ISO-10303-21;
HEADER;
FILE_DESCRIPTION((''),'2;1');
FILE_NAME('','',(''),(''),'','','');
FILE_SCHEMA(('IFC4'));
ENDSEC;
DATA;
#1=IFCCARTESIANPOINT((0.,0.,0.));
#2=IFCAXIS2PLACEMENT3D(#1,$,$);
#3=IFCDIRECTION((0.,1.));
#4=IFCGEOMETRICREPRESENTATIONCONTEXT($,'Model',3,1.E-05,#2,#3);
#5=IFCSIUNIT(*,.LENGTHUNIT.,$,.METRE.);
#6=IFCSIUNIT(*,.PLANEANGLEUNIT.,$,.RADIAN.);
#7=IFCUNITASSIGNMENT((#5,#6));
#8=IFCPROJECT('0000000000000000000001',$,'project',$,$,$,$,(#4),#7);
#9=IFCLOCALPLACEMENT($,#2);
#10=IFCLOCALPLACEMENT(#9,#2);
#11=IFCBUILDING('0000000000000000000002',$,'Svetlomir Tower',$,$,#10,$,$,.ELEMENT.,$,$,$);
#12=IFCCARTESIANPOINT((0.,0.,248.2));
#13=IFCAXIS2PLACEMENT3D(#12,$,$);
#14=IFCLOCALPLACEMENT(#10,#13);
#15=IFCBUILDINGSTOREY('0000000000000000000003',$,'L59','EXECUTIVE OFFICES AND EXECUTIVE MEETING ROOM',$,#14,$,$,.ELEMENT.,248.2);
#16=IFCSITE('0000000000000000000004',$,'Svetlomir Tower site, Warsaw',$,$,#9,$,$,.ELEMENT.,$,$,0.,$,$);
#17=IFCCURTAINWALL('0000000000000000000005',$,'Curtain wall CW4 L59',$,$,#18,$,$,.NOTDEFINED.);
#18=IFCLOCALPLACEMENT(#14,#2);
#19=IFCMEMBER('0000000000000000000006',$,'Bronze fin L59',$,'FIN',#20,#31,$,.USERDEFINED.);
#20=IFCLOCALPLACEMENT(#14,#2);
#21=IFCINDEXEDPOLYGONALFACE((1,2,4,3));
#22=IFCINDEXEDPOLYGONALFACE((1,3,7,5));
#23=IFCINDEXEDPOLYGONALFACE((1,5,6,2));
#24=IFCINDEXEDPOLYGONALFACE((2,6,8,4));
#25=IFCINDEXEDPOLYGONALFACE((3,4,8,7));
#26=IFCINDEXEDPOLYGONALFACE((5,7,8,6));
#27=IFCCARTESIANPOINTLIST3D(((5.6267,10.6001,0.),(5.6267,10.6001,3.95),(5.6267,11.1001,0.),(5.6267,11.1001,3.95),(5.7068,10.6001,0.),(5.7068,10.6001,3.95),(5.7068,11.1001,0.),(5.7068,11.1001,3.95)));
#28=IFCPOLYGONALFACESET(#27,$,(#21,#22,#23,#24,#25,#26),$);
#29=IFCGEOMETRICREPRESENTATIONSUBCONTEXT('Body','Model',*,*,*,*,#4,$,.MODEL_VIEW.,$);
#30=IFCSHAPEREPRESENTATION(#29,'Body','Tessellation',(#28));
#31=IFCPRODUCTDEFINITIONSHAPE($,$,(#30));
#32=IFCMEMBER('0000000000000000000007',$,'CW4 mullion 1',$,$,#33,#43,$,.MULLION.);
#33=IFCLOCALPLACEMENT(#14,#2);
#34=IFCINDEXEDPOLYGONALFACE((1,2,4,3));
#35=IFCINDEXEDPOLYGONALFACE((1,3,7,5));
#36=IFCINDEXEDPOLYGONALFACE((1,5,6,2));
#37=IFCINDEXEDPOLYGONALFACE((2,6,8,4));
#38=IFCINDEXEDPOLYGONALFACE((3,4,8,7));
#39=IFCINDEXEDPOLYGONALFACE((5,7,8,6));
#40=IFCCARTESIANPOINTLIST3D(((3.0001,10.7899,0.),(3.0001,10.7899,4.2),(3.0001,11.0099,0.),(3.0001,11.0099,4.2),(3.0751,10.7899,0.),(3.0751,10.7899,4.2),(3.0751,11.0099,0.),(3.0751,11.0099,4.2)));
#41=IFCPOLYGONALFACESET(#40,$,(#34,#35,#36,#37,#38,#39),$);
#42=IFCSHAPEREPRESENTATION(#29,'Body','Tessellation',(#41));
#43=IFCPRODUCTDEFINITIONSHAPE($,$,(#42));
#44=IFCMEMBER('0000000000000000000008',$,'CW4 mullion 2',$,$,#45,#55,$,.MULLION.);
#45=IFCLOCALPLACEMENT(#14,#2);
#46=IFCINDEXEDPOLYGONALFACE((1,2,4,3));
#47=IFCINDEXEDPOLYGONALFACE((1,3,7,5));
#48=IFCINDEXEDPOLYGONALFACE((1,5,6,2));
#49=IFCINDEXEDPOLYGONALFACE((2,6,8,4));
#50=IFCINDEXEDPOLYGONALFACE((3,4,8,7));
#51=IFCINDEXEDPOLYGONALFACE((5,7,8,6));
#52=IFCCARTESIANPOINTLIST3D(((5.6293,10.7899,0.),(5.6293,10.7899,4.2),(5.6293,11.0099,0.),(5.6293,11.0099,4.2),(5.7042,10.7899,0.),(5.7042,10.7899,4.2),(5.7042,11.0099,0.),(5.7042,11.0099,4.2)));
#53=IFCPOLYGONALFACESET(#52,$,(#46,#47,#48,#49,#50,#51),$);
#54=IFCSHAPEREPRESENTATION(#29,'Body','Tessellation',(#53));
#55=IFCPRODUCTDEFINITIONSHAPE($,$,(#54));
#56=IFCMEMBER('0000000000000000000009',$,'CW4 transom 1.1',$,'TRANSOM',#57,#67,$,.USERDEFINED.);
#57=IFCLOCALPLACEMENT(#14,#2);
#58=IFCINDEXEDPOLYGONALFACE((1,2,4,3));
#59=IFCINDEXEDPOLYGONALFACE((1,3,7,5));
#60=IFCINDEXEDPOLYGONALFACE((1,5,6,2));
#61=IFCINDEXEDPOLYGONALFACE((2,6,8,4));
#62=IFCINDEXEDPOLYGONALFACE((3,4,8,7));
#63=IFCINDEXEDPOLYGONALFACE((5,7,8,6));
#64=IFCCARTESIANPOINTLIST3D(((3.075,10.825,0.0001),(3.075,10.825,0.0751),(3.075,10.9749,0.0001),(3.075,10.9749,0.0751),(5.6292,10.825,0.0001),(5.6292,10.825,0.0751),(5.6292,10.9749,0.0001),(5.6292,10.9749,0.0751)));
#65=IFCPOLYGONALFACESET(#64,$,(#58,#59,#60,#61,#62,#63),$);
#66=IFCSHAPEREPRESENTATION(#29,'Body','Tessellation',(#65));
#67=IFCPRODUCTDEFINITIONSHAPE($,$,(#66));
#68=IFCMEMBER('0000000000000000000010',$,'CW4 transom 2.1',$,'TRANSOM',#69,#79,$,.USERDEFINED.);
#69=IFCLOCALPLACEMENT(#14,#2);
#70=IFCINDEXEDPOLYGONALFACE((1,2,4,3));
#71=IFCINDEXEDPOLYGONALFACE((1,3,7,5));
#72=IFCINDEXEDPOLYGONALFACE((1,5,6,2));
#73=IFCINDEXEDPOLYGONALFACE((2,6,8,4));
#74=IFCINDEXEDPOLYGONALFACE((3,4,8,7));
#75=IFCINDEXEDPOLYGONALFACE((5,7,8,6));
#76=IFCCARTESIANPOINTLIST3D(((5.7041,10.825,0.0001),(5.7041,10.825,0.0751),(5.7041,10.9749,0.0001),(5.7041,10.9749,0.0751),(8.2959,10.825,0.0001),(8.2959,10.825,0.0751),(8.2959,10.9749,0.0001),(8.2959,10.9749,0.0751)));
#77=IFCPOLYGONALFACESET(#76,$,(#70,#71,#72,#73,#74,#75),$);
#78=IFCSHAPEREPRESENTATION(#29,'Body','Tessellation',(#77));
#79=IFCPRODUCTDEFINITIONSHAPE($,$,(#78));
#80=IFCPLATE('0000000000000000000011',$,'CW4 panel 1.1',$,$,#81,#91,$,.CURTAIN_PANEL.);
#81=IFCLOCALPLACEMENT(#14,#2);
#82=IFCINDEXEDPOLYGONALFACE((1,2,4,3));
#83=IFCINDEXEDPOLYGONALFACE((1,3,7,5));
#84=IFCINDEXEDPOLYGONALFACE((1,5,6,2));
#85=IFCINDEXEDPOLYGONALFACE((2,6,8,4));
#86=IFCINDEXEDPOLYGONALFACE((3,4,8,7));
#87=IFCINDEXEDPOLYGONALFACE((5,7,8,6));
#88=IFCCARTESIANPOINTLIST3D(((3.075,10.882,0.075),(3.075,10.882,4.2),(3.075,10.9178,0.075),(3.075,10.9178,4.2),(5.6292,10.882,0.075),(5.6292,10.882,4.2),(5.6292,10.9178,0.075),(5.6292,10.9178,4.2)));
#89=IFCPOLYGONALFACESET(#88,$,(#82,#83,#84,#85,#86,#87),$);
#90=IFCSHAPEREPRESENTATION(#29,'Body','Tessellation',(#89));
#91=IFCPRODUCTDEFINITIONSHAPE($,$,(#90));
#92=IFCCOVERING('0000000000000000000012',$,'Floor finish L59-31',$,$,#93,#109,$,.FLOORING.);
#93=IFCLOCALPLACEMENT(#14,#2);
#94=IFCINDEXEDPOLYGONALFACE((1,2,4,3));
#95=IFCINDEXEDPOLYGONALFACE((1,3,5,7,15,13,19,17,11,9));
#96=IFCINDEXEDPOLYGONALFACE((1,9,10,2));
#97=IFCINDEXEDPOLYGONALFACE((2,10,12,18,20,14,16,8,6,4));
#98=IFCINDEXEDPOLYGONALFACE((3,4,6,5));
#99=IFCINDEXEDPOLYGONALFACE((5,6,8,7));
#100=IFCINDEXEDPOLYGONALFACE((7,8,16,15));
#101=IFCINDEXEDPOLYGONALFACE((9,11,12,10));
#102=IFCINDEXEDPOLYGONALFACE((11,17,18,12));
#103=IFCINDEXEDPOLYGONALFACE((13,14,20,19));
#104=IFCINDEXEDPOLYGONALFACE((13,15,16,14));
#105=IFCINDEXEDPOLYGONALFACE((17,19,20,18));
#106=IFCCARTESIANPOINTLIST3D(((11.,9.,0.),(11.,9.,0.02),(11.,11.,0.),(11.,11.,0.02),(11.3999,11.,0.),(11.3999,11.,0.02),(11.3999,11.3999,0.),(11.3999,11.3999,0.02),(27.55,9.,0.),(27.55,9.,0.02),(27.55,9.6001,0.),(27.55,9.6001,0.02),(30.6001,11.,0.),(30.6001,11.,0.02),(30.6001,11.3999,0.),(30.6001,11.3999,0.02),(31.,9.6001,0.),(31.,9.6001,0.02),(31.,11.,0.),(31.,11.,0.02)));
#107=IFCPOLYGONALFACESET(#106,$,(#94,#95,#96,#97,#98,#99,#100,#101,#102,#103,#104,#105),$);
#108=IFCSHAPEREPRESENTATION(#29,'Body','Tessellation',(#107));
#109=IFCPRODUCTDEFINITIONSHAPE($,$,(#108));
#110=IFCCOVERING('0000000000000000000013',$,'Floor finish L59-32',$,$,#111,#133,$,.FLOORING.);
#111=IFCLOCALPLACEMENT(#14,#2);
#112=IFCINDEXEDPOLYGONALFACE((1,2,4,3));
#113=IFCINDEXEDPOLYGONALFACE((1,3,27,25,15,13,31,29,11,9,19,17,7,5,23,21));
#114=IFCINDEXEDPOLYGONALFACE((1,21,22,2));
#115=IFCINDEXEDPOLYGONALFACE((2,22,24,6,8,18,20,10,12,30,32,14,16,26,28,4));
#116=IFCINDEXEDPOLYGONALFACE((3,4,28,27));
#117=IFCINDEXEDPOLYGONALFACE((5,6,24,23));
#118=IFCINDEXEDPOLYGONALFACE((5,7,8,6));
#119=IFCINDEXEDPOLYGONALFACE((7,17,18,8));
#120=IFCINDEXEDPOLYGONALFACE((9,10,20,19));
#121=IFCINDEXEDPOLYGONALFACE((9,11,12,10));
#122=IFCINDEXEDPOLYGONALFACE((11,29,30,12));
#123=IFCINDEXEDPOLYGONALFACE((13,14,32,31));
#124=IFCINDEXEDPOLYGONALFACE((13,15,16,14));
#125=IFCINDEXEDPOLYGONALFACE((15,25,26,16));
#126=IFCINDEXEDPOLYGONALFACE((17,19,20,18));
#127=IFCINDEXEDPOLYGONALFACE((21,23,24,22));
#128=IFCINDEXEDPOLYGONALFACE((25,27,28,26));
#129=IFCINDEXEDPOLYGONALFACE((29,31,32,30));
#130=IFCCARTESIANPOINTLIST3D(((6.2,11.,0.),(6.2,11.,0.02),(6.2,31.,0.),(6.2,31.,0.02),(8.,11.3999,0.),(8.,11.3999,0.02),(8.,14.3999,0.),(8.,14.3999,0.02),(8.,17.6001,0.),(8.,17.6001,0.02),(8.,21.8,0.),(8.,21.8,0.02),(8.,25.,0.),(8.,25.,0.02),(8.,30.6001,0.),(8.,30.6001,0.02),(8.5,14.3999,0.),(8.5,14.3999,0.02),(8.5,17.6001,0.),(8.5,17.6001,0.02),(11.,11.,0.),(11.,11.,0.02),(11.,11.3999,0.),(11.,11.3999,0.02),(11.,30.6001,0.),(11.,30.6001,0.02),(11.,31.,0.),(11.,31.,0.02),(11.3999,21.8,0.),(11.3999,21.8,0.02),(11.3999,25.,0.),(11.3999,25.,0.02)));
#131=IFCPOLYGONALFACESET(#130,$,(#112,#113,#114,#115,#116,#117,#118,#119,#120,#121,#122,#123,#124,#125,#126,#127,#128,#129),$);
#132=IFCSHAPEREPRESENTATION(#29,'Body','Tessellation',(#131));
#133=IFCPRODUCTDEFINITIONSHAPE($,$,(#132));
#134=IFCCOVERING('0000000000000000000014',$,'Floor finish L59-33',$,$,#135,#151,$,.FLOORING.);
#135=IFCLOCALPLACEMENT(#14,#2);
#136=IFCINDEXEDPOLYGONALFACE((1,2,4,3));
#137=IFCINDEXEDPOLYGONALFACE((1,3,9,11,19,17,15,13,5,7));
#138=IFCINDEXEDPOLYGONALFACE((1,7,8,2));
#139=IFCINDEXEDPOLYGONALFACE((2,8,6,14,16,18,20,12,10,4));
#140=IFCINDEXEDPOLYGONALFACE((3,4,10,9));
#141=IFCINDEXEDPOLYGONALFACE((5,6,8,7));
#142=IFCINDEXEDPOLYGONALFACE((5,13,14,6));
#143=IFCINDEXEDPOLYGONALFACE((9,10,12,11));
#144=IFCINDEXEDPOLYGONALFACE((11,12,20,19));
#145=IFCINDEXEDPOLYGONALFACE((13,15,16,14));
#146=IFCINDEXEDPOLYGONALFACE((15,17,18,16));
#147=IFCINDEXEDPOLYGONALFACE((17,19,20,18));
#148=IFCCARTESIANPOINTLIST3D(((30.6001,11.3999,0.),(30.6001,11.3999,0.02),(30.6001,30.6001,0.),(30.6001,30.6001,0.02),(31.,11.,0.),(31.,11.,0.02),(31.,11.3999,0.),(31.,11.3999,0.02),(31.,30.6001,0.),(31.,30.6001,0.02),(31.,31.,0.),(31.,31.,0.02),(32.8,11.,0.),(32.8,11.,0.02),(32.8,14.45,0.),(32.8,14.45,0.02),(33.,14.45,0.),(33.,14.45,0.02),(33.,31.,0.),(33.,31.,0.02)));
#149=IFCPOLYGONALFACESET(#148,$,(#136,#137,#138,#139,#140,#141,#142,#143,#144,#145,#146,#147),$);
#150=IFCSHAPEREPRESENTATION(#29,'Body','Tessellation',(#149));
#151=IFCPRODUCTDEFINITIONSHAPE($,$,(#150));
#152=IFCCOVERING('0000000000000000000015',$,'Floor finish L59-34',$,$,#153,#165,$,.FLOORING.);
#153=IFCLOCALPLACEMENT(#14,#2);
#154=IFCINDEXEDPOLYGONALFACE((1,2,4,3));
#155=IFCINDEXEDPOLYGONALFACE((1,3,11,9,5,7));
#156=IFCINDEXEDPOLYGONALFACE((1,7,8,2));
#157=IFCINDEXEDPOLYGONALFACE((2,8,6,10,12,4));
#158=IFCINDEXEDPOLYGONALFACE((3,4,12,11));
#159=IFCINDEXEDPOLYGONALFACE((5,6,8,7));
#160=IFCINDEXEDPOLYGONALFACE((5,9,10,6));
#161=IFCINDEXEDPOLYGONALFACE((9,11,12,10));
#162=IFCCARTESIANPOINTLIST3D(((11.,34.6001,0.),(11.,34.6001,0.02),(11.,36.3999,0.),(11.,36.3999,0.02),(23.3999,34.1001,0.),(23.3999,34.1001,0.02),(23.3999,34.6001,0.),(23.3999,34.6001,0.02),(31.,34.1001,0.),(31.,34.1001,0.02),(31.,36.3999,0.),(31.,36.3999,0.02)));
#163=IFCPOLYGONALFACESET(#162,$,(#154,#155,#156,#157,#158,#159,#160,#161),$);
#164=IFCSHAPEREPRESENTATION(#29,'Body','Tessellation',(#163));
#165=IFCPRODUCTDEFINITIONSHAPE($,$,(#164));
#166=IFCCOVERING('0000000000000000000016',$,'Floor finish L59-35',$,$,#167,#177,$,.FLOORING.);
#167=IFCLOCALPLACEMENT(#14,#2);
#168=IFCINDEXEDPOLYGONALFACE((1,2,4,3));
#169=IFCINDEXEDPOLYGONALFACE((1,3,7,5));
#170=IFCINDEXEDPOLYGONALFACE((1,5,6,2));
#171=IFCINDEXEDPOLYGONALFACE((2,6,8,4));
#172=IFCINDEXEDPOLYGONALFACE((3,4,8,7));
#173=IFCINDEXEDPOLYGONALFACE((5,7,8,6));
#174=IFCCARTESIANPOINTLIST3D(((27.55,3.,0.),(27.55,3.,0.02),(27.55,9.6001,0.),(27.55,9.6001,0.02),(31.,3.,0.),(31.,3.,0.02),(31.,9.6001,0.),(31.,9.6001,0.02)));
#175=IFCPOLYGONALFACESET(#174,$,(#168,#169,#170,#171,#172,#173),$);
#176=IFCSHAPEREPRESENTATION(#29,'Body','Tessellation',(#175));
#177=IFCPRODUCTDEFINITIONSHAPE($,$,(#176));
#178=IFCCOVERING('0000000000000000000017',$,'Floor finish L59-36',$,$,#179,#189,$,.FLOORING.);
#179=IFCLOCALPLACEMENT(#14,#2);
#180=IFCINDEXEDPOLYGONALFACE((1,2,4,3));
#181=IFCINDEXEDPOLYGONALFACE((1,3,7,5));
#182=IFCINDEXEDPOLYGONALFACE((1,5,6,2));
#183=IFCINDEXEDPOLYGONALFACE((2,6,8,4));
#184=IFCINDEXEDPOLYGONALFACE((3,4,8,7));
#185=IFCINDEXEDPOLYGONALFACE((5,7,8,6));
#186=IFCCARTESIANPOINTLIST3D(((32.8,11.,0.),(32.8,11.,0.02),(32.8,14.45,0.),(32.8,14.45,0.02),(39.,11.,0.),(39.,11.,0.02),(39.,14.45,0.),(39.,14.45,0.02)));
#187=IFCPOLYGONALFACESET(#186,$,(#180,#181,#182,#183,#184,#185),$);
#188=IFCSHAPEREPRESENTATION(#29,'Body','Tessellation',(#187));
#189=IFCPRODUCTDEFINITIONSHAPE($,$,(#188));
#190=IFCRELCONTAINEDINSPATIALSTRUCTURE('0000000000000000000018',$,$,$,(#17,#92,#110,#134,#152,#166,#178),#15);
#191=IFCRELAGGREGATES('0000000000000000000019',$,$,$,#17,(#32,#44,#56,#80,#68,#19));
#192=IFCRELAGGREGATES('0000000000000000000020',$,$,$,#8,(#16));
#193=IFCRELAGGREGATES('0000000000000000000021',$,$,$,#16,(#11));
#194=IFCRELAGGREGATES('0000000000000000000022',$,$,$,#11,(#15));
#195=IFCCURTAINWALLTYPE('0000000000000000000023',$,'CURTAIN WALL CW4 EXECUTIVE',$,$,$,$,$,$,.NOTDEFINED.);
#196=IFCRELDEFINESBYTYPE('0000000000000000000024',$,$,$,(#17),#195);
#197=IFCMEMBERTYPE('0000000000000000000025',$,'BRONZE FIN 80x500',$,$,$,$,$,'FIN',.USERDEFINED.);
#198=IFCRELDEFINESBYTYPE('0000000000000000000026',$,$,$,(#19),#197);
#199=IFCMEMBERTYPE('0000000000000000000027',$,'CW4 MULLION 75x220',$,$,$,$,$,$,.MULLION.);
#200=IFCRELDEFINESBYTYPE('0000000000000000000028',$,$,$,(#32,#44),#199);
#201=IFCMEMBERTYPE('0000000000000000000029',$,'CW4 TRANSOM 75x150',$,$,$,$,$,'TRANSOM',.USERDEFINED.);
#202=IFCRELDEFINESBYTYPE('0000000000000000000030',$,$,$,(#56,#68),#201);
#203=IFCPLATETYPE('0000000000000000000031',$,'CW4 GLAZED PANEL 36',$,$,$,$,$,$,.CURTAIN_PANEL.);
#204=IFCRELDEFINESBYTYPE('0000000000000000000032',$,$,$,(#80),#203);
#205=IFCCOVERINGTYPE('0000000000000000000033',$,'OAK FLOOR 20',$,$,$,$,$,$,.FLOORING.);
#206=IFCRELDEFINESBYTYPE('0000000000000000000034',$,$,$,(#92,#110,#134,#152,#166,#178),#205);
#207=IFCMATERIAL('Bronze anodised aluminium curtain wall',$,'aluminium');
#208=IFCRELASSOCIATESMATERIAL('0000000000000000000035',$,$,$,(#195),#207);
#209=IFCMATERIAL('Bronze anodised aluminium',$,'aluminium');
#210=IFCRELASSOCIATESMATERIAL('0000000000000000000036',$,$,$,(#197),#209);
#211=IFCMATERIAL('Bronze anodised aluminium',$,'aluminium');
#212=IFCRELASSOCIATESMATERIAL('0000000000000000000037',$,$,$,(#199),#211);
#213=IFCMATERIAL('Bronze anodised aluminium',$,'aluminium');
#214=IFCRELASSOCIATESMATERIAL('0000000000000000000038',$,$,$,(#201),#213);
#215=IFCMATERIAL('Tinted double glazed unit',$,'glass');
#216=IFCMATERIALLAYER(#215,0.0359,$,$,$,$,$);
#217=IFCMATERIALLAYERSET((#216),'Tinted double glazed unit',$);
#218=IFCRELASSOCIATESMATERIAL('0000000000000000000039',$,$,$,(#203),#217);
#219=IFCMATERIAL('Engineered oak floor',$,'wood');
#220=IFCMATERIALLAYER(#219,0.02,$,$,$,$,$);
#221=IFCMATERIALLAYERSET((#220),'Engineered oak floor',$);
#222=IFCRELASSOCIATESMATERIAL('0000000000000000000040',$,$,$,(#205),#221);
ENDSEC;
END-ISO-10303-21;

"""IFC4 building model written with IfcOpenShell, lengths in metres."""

from ifc_helpers import new_model, si_unit, direction, frame, origin, origin_2d, place, context, subcontext, project, spatial, polyline, rectangle, outline, extrude, material, layer, layer_set, material_profile, profile_set, type_object, element, aggregate, save


model = new_model("IFC4")

# Units and contexts
model_context = context("Model", 3, precision=1e-05, world=origin(), true_north=direction((0.0, 1.0)))
body_context = subcontext(model_context, "Body", "Model", "MODEL_VIEW")
ifc_project = project(units=[si_unit("LENGTHUNIT", "METRE"), si_unit("PLANEANGLEUNIT", "RADIAN")], contexts=[model_context])

# Site, building, storey
site_placement = place(None, origin())
site = spatial("IfcSite", under=ifc_project, at=site_placement, Name="Svetlomir Tower site, Warsaw", CompositionType="ELEMENT", RefElevation=0.0)
building_placement = place(site_placement, origin())
building = spatial("IfcBuilding", under=site, at=building_placement, Name="Svetlomir Tower", CompositionType="ELEMENT")
storey_placement = place(building_placement, frame((0.0, 0.0, 248.2)))
storey = spatial("IfcBuildingStorey", under=building, at=storey_placement, Name="L59", Description="EXECUTIVE OFFICES AND EXECUTIVE MEETING ROOM", CompositionType="ELEMENT", Elevation=248.2)

# Curtain wall, members, plate
ifc_material_1 = material(Name="Bronze anodised aluminium curtain wall", Category="aluminium")
curtain_wall_type = type_object("IfcCurtainWallType", Name="CURTAIN WALL CW4 EXECUTIVE", PredefinedType="NOTDEFINED", material=ifc_material_1)
curtain_wall_placement = place(storey_placement, origin())
curtain_wall = element("IfcCurtainWall", 1, at=curtain_wall_placement, inside=storey, type_object=curtain_wall_type, Name="Curtain wall CW4 L59", PredefinedType="NOTDEFINED")
ifc_material_2 = material(Name="Bronze anodised aluminium", Category="aluminium")
ifc_material_profile_1 = material_profile(ifc_material_2, rectangle(XDim=0.0801, YDim=0.5, at=origin_2d()), Name="FIN 80x500")
ifc_profile_set_1 = profile_set([ifc_material_profile_1], Name="Bronze anodised aluminium 6063-T6")
member_type_1 = type_object("IfcMemberType", Name="BRONZE FIN 80x500", ElementType="FIN", PredefinedType="USERDEFINED", material=ifc_profile_set_1)
member_1_placement = place(storey_placement, frame((5.6667, 10.8501, 0.0), z_axis=(0.0, 0.0, 1.0), x_axis=(1.0, 0.0, 0.0)))
member_1 = element("IfcMember", 2, at=member_1_placement, type_object=member_type_1, Name="Bronze fin L59", ObjectType="FIN", PredefinedType="USERDEFINED", context=body_context, shape_type="SweptSolid", body=[
    extrude(rectangle(XDim=0.0801, YDim=0.5, at=origin_2d()), origin(), (0.0, 0.0, 1.0), 3.95),
])
ifc_material_3 = material(Name="Bronze anodised aluminium", Category="aluminium")
ifc_material_profile_2 = material_profile(ifc_material_3, rectangle(XDim=0.075, YDim=0.22, at=origin_2d()), Name="AL 75x220")
ifc_profile_set_2 = profile_set([ifc_material_profile_2], Name="Bronze anodised aluminium 6063-T6")
member_type_2 = type_object("IfcMemberType", Name="CW4 MULLION 75x220", PredefinedType="MULLION", material=ifc_profile_set_2)
member_2_placement = place(storey_placement, frame((3.0376, 10.8999, 0.0), z_axis=(0.0, 0.0, 1.0), x_axis=(1.0, 0.0, 0.0)))
member_2 = element("IfcMember", 3, at=member_2_placement, type_object=member_type_2, Name="CW4 mullion 1", PredefinedType="MULLION", context=body_context, shape_type="SweptSolid", body=[
    extrude(rectangle(XDim=0.075, YDim=0.22, at=origin_2d()), origin(), (0.0, 0.0, 1.0), 4.2),
])
member_3_placement = place(storey_placement, frame((5.6667, 10.8999, 0.0), z_axis=(0.0, 0.0, 1.0), x_axis=(1.0, 0.0, 0.0)))
member_3 = element("IfcMember", 4, at=member_3_placement, type_object=member_type_2, Name="CW4 mullion 2", PredefinedType="MULLION", context=body_context, shape_type="SweptSolid", body=[
    extrude(rectangle(XDim=0.075, YDim=0.22, at=origin_2d()), origin(), (0.0, 0.0, 1.0), 4.2),
])
ifc_material_4 = material(Name="Bronze anodised aluminium", Category="aluminium")
ifc_material_profile_3 = material_profile(ifc_material_4, rectangle(XDim=0.1499, YDim=0.075, at=origin_2d()), Name="AL 150x75")
ifc_profile_set_3 = profile_set([ifc_material_profile_3], Name="Bronze anodised aluminium 6063-T6")
member_type_3 = type_object("IfcMemberType", Name="CW4 TRANSOM 75x150", ElementType="TRANSOM", PredefinedType="USERDEFINED", material=ifc_profile_set_3)
member_4_placement = place(storey_placement, frame((3.075, 10.8999, 0.0376), z_axis=(1.0, 0.0, 0.0), x_axis=(0.0, 1.0, 0.0)))
member_4 = element("IfcMember", 5, at=member_4_placement, type_object=member_type_3, Name="CW4 transom 1.1", ObjectType="TRANSOM", PredefinedType="USERDEFINED", context=body_context, shape_type="SweptSolid", body=[
    extrude(rectangle(XDim=0.1499, YDim=0.075, at=origin_2d()), origin(), (0.0, 0.0, 1.0), 2.5542),
])
member_5_placement = place(storey_placement, frame((5.7041, 10.8999, 0.0376), z_axis=(1.0, 0.0, 0.0), x_axis=(0.0, 1.0, 0.0)))
member_5 = element("IfcMember", 6, at=member_5_placement, type_object=member_type_3, Name="CW4 transom 2.1", ObjectType="TRANSOM", PredefinedType="USERDEFINED", context=body_context, shape_type="SweptSolid", body=[
    extrude(rectangle(XDim=0.1499, YDim=0.075, at=origin_2d()), origin(), (0.0, 0.0, 1.0), 2.5918),
])
ifc_material_5 = material(Name="Tinted double glazed unit", Category="glass")
ifc_layer_1 = layer(ifc_material_5, 0.0359)
ifc_layer_set_1 = layer_set([ifc_layer_1], Name="Tinted double glazed unit")
plate_type = type_object("IfcPlateType", Name="CW4 GLAZED PANEL 36", PredefinedType="CURTAIN_PANEL", material=ifc_layer_set_1)
plate_placement = place(storey_placement, frame((4.3521, 10.8999, 0.075), z_axis=(0.0, 0.0, 1.0), x_axis=(1.0, 0.0, 0.0)))
plate = element("IfcPlate", 7, at=plate_placement, type_object=plate_type, Name="CW4 panel 1.1", PredefinedType="CURTAIN_PANEL", context=body_context, shape_type="SweptSolid", body=[
    extrude(rectangle(XDim=2.5542, YDim=0.0359, at=origin_2d()), origin(), (0.0, 0.0, 1.0), 4.125),
])
aggregate(curtain_wall, [member_2, member_3, member_4, plate, member_5, member_1])

# Coverings
ifc_material_6 = material(Name="Engineered oak floor", Category="wood")
ifc_layer_2 = layer(ifc_material_6, 0.02)
ifc_layer_set_2 = layer_set([ifc_layer_2], Name="Engineered oak floor")
covering_type_1 = type_object("IfcCoveringType", Name="OAK FLOOR 20", PredefinedType="FLOORING", material=ifc_layer_set_2)
covering_1_placement = place(storey_placement, origin())
element("IfcCovering", 8, at=covering_1_placement, inside=storey, type_object=covering_type_1, Name="Floor finish L59-31", PredefinedType="FLOORING", context=body_context, shape_type="SweptSolid", body=[
    extrude(outline(polyline([(11.0, 11.0), (11.3999, 11.0), (11.3999, 11.3999), (30.6001, 11.3999), (30.6001, 11.0), (31.0, 11.0), (31.0, 9.6001), (27.55, 9.6001), (27.55, 9.0), (11.0, 9.0), (11.0, 11.0)])), origin(), (0.0, 0.0, 1.0), 0.02),
])
covering_2_placement = place(storey_placement, origin())
element("IfcCovering", 9, at=covering_2_placement, inside=storey, type_object=covering_type_1, Name="Floor finish L59-32", PredefinedType="FLOORING", context=body_context, shape_type="SweptSolid", body=[
    extrude(outline(polyline([(6.2, 11.0), (6.2, 31.0), (11.0, 31.0), (11.0, 30.6001), (8.0, 30.6001), (8.0, 25.0), (11.3999, 25.0), (11.3999, 21.8), (8.0, 21.8), (8.0, 17.6001), (8.5, 17.6001), (8.5, 14.3999), (8.0, 14.3999), (8.0, 11.3999), (11.0, 11.3999), (11.0, 11.0), (6.2, 11.0)])), origin(), (0.0, 0.0, 1.0), 0.02),
])
covering_3_placement = place(storey_placement, origin())
element("IfcCovering", 10, at=covering_3_placement, inside=storey, type_object=covering_type_1, Name="Floor finish L59-33", PredefinedType="FLOORING", context=body_context, shape_type="SweptSolid", body=[
    extrude(outline(polyline([(30.6001, 30.6001), (31.0, 30.6001), (31.0, 31.0), (33.0, 31.0), (33.0, 14.45), (32.8, 14.45), (32.8, 11.0), (31.0, 11.0), (31.0, 11.3999), (30.6001, 11.3999), (30.6001, 30.6001)])), origin(), (0.0, 0.0, 1.0), 0.02),
])
covering_4_placement = place(storey_placement, origin())
element("IfcCovering", 11, at=covering_4_placement, inside=storey, type_object=covering_type_1, Name="Floor finish L59-34", PredefinedType="FLOORING", context=body_context, shape_type="SweptSolid", body=[
    extrude(outline(polyline([(11.0, 34.6001), (11.0, 36.3999), (31.0, 36.3999), (31.0, 34.1001), (23.3999, 34.1001), (23.3999, 34.6001), (11.0, 34.6001)])), origin(), (0.0, 0.0, 1.0), 0.02),
])
covering_5_placement = place(storey_placement, origin())
element("IfcCovering", 12, at=covering_5_placement, inside=storey, type_object=covering_type_1, Name="Floor finish L59-35", PredefinedType="FLOORING", context=body_context, shape_type="SweptSolid", body=[
    extrude(outline(polyline([(27.55, 3.0), (27.55, 9.6001), (31.0, 9.6001), (31.0, 3.0), (27.55, 3.0)])), origin(), (0.0, 0.0, 1.0), 0.02),
])
covering_6_placement = place(storey_placement, origin())
element("IfcCovering", 13, at=covering_6_placement, inside=storey, type_object=covering_type_1, Name="Floor finish L59-36", PredefinedType="FLOORING", context=body_context, shape_type="SweptSolid", body=[
    extrude(outline(polyline([(32.8, 14.45), (39.0, 14.45), (39.0, 11.0), (32.8, 11.0), (32.8, 14.45)])), origin(), (0.0, 0.0, 1.0), 0.02),
])

save(model, "model.ifc")
